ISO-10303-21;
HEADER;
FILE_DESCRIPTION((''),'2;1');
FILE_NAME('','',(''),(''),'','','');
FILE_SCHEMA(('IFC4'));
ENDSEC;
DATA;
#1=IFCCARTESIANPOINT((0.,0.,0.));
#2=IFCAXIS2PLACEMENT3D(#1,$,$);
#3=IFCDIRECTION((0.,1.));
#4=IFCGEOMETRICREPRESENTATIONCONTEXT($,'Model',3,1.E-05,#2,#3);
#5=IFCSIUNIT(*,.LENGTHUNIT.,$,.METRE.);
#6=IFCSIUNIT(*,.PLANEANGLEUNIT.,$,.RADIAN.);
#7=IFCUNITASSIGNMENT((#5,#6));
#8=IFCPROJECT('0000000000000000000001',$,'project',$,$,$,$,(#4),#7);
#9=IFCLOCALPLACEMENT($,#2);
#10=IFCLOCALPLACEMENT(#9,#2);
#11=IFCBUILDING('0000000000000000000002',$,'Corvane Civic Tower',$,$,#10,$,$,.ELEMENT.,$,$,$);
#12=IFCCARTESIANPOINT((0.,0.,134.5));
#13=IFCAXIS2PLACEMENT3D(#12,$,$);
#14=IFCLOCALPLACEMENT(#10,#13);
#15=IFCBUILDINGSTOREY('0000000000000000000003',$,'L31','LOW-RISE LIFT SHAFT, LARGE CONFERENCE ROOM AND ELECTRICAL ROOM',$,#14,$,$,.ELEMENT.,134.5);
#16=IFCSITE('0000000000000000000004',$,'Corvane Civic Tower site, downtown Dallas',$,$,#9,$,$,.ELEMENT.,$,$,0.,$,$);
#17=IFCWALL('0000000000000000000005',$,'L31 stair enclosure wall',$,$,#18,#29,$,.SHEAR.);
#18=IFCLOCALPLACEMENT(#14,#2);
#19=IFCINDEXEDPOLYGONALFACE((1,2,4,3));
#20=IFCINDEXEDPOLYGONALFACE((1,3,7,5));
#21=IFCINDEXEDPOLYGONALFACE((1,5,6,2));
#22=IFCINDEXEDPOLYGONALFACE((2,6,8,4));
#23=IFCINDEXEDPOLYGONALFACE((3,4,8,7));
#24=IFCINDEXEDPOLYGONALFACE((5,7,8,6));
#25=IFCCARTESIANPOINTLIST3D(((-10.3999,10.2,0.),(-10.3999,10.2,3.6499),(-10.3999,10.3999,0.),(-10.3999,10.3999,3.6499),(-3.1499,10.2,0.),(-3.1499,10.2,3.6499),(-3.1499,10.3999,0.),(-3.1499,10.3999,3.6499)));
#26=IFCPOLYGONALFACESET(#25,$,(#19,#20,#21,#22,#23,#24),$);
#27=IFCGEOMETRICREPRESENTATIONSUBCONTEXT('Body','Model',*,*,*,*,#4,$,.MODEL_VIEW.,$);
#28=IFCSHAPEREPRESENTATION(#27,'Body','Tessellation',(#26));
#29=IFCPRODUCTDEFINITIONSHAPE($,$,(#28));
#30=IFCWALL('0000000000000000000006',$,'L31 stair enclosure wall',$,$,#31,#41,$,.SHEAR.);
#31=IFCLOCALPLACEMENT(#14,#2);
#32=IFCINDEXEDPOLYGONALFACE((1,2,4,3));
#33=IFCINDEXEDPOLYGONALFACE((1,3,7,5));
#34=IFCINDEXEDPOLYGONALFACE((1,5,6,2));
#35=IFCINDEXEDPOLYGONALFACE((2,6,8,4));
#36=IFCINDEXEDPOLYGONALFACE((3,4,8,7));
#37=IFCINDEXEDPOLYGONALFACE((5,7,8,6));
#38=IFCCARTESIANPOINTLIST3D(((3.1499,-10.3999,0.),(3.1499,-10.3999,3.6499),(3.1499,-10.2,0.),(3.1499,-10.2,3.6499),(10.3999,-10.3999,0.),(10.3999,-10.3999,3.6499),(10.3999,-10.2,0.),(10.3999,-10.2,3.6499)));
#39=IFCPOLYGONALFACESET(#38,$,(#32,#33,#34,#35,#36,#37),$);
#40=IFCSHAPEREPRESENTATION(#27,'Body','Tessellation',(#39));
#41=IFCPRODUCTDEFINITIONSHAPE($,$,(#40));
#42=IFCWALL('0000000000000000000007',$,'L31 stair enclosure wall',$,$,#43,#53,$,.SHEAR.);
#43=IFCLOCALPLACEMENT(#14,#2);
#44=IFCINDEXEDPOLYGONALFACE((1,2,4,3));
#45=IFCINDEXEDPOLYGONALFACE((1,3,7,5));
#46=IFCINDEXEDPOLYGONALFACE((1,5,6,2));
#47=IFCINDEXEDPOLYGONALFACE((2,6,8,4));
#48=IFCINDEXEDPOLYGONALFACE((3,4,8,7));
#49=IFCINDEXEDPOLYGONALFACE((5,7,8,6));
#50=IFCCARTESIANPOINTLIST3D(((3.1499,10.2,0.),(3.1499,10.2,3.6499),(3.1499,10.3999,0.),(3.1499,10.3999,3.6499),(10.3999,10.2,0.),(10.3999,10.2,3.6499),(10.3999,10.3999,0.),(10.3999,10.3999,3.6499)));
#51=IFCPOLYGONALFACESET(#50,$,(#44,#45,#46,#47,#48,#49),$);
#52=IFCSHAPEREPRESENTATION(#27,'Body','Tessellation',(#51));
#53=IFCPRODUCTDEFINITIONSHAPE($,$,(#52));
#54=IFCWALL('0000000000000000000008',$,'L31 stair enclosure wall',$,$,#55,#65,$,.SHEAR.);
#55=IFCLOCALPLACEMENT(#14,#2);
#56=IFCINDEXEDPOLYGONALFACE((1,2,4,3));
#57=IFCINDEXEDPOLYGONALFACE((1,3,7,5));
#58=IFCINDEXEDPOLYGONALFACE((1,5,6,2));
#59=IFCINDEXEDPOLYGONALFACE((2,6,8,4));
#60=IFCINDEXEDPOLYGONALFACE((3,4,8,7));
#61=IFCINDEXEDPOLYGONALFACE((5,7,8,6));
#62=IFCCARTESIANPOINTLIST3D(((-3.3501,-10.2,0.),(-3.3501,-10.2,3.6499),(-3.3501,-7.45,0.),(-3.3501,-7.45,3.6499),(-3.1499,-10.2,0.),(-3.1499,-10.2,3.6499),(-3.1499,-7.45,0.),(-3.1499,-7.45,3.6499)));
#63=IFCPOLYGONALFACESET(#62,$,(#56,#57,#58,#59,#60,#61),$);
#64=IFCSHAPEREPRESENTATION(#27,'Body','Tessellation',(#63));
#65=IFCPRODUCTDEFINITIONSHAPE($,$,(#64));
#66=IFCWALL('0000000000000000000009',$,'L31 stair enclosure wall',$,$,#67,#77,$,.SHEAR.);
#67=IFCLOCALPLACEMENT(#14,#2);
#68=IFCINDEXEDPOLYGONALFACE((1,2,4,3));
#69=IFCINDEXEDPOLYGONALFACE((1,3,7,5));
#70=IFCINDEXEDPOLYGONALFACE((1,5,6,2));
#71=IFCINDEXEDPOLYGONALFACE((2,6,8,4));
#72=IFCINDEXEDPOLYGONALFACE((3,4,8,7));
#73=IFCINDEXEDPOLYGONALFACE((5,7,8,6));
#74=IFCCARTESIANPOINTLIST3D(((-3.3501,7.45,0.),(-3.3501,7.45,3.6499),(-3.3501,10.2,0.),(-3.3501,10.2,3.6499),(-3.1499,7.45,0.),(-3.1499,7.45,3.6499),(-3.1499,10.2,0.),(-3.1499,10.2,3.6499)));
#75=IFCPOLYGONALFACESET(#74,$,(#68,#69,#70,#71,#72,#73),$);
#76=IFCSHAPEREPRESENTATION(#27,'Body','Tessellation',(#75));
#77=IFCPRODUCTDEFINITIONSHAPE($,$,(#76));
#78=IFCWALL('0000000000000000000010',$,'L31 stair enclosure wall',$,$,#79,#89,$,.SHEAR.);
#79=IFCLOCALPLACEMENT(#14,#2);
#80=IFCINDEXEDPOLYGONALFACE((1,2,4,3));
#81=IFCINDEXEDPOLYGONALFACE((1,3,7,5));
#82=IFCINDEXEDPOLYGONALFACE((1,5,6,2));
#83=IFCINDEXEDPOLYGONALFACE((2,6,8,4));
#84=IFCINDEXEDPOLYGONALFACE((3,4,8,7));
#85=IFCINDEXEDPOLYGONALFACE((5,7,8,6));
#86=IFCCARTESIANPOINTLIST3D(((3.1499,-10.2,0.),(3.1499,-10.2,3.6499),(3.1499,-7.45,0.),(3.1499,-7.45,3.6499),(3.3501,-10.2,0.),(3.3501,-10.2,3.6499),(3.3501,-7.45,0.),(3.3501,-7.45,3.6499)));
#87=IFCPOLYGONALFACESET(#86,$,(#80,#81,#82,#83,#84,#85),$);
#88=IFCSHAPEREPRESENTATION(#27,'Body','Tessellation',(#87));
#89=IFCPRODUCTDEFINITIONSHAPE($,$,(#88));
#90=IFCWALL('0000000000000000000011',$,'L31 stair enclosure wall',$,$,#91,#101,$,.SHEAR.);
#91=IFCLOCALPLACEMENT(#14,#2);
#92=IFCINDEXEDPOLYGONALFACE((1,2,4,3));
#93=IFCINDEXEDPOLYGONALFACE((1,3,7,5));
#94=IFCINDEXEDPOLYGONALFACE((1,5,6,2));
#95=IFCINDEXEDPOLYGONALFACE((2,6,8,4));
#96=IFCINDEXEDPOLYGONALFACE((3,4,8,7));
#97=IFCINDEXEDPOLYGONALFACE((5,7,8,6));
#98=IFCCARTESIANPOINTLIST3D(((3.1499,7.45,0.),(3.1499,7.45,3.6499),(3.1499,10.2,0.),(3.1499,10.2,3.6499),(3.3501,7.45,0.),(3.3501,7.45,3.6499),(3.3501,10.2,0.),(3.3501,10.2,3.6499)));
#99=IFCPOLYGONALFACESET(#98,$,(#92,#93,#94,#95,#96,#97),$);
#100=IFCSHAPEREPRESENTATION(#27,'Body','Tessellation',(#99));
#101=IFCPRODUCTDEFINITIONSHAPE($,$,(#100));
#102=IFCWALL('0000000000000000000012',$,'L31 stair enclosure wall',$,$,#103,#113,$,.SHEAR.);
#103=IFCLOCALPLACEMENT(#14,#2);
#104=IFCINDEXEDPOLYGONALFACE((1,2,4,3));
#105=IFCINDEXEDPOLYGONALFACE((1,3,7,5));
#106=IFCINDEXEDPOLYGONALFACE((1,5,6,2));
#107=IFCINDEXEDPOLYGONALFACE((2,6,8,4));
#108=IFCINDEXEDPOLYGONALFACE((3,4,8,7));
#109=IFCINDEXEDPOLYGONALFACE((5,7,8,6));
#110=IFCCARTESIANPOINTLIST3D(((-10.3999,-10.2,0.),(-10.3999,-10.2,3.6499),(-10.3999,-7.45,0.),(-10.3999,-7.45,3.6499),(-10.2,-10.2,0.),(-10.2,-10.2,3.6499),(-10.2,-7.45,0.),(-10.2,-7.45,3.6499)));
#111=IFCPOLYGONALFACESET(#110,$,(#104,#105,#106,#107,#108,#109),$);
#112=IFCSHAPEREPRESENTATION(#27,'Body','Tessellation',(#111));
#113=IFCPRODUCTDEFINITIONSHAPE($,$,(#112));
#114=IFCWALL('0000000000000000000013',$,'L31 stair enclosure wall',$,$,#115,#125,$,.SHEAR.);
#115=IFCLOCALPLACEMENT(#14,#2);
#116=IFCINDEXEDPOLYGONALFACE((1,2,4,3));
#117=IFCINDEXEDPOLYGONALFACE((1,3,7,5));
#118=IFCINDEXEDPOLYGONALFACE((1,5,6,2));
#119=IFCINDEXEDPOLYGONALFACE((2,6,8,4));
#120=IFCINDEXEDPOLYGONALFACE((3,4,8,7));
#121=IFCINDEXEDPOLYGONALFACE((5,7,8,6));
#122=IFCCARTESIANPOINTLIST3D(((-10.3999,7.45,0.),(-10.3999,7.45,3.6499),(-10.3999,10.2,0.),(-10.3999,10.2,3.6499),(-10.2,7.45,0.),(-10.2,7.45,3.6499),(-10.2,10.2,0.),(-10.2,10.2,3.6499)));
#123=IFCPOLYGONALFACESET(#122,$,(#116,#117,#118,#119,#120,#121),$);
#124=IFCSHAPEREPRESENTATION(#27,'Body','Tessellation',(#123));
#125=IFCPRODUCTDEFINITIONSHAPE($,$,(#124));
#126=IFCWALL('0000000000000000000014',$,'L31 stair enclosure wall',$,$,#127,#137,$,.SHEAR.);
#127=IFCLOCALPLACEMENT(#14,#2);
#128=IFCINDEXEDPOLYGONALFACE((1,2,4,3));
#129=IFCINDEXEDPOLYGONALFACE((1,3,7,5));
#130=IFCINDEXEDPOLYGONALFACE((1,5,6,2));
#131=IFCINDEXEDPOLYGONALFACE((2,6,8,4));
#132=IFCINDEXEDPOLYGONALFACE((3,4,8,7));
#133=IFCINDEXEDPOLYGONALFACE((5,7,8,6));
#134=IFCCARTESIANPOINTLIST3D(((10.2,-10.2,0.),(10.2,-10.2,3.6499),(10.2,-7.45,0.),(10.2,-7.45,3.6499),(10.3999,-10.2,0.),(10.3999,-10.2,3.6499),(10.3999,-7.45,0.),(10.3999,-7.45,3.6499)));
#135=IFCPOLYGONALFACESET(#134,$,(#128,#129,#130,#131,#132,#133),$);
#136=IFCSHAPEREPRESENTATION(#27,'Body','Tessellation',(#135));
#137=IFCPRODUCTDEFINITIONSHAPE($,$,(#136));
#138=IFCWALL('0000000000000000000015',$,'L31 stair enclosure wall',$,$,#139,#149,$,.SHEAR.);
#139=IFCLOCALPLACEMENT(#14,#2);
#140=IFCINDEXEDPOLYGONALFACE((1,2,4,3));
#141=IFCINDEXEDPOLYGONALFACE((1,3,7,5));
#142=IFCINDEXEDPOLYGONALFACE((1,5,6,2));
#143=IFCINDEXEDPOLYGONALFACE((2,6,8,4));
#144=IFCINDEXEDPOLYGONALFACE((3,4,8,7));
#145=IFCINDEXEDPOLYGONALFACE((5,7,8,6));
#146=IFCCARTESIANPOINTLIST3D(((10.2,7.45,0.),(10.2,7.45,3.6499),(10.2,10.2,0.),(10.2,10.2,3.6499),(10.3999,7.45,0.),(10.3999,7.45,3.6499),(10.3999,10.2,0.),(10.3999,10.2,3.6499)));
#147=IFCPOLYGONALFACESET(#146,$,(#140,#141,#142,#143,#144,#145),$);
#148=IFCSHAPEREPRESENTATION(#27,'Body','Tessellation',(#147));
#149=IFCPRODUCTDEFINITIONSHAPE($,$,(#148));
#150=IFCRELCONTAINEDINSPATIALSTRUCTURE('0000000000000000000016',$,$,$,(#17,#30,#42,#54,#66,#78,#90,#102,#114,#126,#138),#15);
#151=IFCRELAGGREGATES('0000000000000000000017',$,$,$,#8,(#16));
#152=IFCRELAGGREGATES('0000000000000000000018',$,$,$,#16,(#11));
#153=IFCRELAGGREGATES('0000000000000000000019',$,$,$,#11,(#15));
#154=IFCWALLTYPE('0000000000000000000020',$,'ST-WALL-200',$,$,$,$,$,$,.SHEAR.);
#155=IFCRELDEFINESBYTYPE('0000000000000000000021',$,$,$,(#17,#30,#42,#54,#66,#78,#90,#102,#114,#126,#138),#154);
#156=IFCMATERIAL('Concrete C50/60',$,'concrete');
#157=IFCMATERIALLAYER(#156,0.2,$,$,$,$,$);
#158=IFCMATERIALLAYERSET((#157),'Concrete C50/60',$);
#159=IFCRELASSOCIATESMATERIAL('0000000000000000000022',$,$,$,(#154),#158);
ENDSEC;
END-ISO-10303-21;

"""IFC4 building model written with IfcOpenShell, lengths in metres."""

from ifc_helpers import new_model, si_unit, direction, frame, origin, place, context, subcontext, project, spatial, polyline, outline, extrude, material, layer, layer_set, type_object, element, save


model = new_model("IFC4")

# Units and contexts
model_context = context("Model", 3, precision=1e-05, world=origin(), true_north=direction((0.0, 1.0)))
body_context = subcontext(model_context, "Body", "Model", "MODEL_VIEW")
ifc_project = project(units=[si_unit("LENGTHUNIT", "METRE"), si_unit("PLANEANGLEUNIT", "RADIAN")], contexts=[model_context])

# Site, building, storey
site_placement = place(None, origin())
site = spatial("IfcSite", under=ifc_project, at=site_placement, Name="Corvane Civic Tower site, downtown Dallas", CompositionType="ELEMENT", RefElevation=0.0)
building_placement = place(site_placement, origin())
building = spatial("IfcBuilding", under=site, at=building_placement, Name="Corvane Civic Tower", CompositionType="ELEMENT")
storey_placement = place(building_placement, frame((0.0, 0.0, 134.5)))
storey = spatial("IfcBuildingStorey", under=building, at=storey_placement, Name="L31", Description="LOW-RISE LIFT SHAFT, LARGE CONFERENCE ROOM AND ELECTRICAL ROOM", CompositionType="ELEMENT", Elevation=134.5)

# Walls
ifc_material_1 = material(Name="Concrete C50/60", Category="concrete")
ifc_layer_1 = layer(ifc_material_1, 0.2)
ifc_layer_set_1 = layer_set([ifc_layer_1], Name="Concrete C50/60")
wall_type_1 = type_object("IfcWallType", Name="ST-WALL-200", PredefinedType="SHEAR", material=ifc_layer_set_1)
wall_1_placement = place(storey_placement, origin())
element("IfcWall", 1, at=wall_1_placement, inside=storey, type_object=wall_type_1, Name="L31 stair enclosure wall", PredefinedType="SHEAR", context=body_context, shape_type="SweptSolid", body=[
    extrude(outline(polyline([(-3.1499, 10.2), (-10.3999, 10.2), (-10.3999, 10.3999), (-3.1499, 10.3999), (-3.1499, 10.2)])), origin(), (0.0, 0.0, 1.0), 3.6499),
])
wall_2_placement = place(storey_placement, origin())
element("IfcWall", 2, at=wall_2_placement, inside=storey, type_object=wall_type_1, Name="L31 stair enclosure wall", PredefinedType="SHEAR", context=body_context, shape_type="SweptSolid", body=[
    extrude(outline(polyline([(10.3999, -10.3999), (3.1499, -10.3999), (3.1499, -10.2), (10.3999, -10.2), (10.3999, -10.3999)])), origin(), (0.0, 0.0, 1.0), 3.6499),
])
wall_3_placement = place(storey_placement, origin())
element("IfcWall", 3, at=wall_3_placement, inside=storey, type_object=wall_type_1, Name="L31 stair enclosure wall", PredefinedType="SHEAR", context=body_context, shape_type="SweptSolid", body=[
    extrude(outline(polyline([(10.3999, 10.2), (3.1499, 10.2), (3.1499, 10.3999), (10.3999, 10.3999), (10.3999, 10.2)])), origin(), (0.0, 0.0, 1.0), 3.6499),
])
wall_4_placement = place(storey_placement, origin())
element("IfcWall", 4, at=wall_4_placement, inside=storey, type_object=wall_type_1, Name="L31 stair enclosure wall", PredefinedType="SHEAR", context=body_context, shape_type="SweptSolid", body=[
    extrude(outline(polyline([(-3.1499, -7.45), (-3.1499, -10.2), (-3.3501, -10.2), (-3.3501, -7.45), (-3.1499, -7.45)])), origin(), (0.0, 0.0, 1.0), 3.6499),
])
wall_5_placement = place(storey_placement, origin())
element("IfcWall", 5, at=wall_5_placement, inside=storey, type_object=wall_type_1, Name="L31 stair enclosure wall", PredefinedType="SHEAR", context=body_context, shape_type="SweptSolid", body=[
    extrude(outline(polyline([(-3.1499, 7.45), (-3.3501, 7.45), (-3.3501, 10.2), (-3.1499, 10.2), (-3.1499, 7.45)])), origin(), (0.0, 0.0, 1.0), 3.6499),
])
wall_6_placement = place(storey_placement, origin())
element("IfcWall", 6, at=wall_6_placement, inside=storey, type_object=wall_type_1, Name="L31 stair enclosure wall", PredefinedType="SHEAR", context=body_context, shape_type="SweptSolid", body=[
    extrude(outline(polyline([(3.3501, -7.45), (3.3501, -10.2), (3.1499, -10.2), (3.1499, -7.45), (3.3501, -7.45)])), origin(), (0.0, 0.0, 1.0), 3.6499),
])
wall_7_placement = place(storey_placement, origin())
element("IfcWall", 7, at=wall_7_placement, inside=storey, type_object=wall_type_1, Name="L31 stair enclosure wall", PredefinedType="SHEAR", context=body_context, shape_type="SweptSolid", body=[
    extrude(outline(polyline([(3.3501, 7.45), (3.1499, 7.45), (3.1499, 10.2), (3.3501, 10.2), (3.3501, 7.45)])), origin(), (0.0, 0.0, 1.0), 3.6499),
])
wall_8_placement = place(storey_placement, origin())
element("IfcWall", 8, at=wall_8_placement, inside=storey, type_object=wall_type_1, Name="L31 stair enclosure wall", PredefinedType="SHEAR", context=body_context, shape_type="SweptSolid", body=[
    extrude(outline(polyline([(-10.2, -7.45), (-10.2, -10.2), (-10.3999, -10.2), (-10.3999, -7.45), (-10.2, -7.45)])), origin(), (0.0, 0.0, 1.0), 3.6499),
])
wall_9_placement = place(storey_placement, origin())
element("IfcWall", 9, at=wall_9_placement, inside=storey, type_object=wall_type_1, Name="L31 stair enclosure wall", PredefinedType="SHEAR", context=body_context, shape_type="SweptSolid", body=[
    extrude(outline(polyline([(-10.2, 7.45), (-10.3999, 7.45), (-10.3999, 10.2), (-10.2, 10.2), (-10.2, 7.45)])), origin(), (0.0, 0.0, 1.0), 3.6499),
])
wall_10_placement = place(storey_placement, origin())
element("IfcWall", 10, at=wall_10_placement, inside=storey, type_object=wall_type_1, Name="L31 stair enclosure wall", PredefinedType="SHEAR", context=body_context, shape_type="SweptSolid", body=[
    extrude(outline(polyline([(10.3999, -7.45), (10.3999, -10.2), (10.2, -10.2), (10.2, -7.45), (10.3999, -7.45)])), origin(), (0.0, 0.0, 1.0), 3.6499),
])
wall_11_placement = place(storey_placement, origin())
element("IfcWall", 11, at=wall_11_placement, inside=storey, type_object=wall_type_1, Name="L31 stair enclosure wall", PredefinedType="SHEAR", context=body_context, shape_type="SweptSolid", body=[
    extrude(outline(polyline([(10.3999, 7.45), (10.2, 7.45), (10.2, 10.2), (10.3999, 10.2), (10.3999, 7.45)])), origin(), (0.0, 0.0, 1.0), 3.6499),
])

save(model, "model.ifc")
